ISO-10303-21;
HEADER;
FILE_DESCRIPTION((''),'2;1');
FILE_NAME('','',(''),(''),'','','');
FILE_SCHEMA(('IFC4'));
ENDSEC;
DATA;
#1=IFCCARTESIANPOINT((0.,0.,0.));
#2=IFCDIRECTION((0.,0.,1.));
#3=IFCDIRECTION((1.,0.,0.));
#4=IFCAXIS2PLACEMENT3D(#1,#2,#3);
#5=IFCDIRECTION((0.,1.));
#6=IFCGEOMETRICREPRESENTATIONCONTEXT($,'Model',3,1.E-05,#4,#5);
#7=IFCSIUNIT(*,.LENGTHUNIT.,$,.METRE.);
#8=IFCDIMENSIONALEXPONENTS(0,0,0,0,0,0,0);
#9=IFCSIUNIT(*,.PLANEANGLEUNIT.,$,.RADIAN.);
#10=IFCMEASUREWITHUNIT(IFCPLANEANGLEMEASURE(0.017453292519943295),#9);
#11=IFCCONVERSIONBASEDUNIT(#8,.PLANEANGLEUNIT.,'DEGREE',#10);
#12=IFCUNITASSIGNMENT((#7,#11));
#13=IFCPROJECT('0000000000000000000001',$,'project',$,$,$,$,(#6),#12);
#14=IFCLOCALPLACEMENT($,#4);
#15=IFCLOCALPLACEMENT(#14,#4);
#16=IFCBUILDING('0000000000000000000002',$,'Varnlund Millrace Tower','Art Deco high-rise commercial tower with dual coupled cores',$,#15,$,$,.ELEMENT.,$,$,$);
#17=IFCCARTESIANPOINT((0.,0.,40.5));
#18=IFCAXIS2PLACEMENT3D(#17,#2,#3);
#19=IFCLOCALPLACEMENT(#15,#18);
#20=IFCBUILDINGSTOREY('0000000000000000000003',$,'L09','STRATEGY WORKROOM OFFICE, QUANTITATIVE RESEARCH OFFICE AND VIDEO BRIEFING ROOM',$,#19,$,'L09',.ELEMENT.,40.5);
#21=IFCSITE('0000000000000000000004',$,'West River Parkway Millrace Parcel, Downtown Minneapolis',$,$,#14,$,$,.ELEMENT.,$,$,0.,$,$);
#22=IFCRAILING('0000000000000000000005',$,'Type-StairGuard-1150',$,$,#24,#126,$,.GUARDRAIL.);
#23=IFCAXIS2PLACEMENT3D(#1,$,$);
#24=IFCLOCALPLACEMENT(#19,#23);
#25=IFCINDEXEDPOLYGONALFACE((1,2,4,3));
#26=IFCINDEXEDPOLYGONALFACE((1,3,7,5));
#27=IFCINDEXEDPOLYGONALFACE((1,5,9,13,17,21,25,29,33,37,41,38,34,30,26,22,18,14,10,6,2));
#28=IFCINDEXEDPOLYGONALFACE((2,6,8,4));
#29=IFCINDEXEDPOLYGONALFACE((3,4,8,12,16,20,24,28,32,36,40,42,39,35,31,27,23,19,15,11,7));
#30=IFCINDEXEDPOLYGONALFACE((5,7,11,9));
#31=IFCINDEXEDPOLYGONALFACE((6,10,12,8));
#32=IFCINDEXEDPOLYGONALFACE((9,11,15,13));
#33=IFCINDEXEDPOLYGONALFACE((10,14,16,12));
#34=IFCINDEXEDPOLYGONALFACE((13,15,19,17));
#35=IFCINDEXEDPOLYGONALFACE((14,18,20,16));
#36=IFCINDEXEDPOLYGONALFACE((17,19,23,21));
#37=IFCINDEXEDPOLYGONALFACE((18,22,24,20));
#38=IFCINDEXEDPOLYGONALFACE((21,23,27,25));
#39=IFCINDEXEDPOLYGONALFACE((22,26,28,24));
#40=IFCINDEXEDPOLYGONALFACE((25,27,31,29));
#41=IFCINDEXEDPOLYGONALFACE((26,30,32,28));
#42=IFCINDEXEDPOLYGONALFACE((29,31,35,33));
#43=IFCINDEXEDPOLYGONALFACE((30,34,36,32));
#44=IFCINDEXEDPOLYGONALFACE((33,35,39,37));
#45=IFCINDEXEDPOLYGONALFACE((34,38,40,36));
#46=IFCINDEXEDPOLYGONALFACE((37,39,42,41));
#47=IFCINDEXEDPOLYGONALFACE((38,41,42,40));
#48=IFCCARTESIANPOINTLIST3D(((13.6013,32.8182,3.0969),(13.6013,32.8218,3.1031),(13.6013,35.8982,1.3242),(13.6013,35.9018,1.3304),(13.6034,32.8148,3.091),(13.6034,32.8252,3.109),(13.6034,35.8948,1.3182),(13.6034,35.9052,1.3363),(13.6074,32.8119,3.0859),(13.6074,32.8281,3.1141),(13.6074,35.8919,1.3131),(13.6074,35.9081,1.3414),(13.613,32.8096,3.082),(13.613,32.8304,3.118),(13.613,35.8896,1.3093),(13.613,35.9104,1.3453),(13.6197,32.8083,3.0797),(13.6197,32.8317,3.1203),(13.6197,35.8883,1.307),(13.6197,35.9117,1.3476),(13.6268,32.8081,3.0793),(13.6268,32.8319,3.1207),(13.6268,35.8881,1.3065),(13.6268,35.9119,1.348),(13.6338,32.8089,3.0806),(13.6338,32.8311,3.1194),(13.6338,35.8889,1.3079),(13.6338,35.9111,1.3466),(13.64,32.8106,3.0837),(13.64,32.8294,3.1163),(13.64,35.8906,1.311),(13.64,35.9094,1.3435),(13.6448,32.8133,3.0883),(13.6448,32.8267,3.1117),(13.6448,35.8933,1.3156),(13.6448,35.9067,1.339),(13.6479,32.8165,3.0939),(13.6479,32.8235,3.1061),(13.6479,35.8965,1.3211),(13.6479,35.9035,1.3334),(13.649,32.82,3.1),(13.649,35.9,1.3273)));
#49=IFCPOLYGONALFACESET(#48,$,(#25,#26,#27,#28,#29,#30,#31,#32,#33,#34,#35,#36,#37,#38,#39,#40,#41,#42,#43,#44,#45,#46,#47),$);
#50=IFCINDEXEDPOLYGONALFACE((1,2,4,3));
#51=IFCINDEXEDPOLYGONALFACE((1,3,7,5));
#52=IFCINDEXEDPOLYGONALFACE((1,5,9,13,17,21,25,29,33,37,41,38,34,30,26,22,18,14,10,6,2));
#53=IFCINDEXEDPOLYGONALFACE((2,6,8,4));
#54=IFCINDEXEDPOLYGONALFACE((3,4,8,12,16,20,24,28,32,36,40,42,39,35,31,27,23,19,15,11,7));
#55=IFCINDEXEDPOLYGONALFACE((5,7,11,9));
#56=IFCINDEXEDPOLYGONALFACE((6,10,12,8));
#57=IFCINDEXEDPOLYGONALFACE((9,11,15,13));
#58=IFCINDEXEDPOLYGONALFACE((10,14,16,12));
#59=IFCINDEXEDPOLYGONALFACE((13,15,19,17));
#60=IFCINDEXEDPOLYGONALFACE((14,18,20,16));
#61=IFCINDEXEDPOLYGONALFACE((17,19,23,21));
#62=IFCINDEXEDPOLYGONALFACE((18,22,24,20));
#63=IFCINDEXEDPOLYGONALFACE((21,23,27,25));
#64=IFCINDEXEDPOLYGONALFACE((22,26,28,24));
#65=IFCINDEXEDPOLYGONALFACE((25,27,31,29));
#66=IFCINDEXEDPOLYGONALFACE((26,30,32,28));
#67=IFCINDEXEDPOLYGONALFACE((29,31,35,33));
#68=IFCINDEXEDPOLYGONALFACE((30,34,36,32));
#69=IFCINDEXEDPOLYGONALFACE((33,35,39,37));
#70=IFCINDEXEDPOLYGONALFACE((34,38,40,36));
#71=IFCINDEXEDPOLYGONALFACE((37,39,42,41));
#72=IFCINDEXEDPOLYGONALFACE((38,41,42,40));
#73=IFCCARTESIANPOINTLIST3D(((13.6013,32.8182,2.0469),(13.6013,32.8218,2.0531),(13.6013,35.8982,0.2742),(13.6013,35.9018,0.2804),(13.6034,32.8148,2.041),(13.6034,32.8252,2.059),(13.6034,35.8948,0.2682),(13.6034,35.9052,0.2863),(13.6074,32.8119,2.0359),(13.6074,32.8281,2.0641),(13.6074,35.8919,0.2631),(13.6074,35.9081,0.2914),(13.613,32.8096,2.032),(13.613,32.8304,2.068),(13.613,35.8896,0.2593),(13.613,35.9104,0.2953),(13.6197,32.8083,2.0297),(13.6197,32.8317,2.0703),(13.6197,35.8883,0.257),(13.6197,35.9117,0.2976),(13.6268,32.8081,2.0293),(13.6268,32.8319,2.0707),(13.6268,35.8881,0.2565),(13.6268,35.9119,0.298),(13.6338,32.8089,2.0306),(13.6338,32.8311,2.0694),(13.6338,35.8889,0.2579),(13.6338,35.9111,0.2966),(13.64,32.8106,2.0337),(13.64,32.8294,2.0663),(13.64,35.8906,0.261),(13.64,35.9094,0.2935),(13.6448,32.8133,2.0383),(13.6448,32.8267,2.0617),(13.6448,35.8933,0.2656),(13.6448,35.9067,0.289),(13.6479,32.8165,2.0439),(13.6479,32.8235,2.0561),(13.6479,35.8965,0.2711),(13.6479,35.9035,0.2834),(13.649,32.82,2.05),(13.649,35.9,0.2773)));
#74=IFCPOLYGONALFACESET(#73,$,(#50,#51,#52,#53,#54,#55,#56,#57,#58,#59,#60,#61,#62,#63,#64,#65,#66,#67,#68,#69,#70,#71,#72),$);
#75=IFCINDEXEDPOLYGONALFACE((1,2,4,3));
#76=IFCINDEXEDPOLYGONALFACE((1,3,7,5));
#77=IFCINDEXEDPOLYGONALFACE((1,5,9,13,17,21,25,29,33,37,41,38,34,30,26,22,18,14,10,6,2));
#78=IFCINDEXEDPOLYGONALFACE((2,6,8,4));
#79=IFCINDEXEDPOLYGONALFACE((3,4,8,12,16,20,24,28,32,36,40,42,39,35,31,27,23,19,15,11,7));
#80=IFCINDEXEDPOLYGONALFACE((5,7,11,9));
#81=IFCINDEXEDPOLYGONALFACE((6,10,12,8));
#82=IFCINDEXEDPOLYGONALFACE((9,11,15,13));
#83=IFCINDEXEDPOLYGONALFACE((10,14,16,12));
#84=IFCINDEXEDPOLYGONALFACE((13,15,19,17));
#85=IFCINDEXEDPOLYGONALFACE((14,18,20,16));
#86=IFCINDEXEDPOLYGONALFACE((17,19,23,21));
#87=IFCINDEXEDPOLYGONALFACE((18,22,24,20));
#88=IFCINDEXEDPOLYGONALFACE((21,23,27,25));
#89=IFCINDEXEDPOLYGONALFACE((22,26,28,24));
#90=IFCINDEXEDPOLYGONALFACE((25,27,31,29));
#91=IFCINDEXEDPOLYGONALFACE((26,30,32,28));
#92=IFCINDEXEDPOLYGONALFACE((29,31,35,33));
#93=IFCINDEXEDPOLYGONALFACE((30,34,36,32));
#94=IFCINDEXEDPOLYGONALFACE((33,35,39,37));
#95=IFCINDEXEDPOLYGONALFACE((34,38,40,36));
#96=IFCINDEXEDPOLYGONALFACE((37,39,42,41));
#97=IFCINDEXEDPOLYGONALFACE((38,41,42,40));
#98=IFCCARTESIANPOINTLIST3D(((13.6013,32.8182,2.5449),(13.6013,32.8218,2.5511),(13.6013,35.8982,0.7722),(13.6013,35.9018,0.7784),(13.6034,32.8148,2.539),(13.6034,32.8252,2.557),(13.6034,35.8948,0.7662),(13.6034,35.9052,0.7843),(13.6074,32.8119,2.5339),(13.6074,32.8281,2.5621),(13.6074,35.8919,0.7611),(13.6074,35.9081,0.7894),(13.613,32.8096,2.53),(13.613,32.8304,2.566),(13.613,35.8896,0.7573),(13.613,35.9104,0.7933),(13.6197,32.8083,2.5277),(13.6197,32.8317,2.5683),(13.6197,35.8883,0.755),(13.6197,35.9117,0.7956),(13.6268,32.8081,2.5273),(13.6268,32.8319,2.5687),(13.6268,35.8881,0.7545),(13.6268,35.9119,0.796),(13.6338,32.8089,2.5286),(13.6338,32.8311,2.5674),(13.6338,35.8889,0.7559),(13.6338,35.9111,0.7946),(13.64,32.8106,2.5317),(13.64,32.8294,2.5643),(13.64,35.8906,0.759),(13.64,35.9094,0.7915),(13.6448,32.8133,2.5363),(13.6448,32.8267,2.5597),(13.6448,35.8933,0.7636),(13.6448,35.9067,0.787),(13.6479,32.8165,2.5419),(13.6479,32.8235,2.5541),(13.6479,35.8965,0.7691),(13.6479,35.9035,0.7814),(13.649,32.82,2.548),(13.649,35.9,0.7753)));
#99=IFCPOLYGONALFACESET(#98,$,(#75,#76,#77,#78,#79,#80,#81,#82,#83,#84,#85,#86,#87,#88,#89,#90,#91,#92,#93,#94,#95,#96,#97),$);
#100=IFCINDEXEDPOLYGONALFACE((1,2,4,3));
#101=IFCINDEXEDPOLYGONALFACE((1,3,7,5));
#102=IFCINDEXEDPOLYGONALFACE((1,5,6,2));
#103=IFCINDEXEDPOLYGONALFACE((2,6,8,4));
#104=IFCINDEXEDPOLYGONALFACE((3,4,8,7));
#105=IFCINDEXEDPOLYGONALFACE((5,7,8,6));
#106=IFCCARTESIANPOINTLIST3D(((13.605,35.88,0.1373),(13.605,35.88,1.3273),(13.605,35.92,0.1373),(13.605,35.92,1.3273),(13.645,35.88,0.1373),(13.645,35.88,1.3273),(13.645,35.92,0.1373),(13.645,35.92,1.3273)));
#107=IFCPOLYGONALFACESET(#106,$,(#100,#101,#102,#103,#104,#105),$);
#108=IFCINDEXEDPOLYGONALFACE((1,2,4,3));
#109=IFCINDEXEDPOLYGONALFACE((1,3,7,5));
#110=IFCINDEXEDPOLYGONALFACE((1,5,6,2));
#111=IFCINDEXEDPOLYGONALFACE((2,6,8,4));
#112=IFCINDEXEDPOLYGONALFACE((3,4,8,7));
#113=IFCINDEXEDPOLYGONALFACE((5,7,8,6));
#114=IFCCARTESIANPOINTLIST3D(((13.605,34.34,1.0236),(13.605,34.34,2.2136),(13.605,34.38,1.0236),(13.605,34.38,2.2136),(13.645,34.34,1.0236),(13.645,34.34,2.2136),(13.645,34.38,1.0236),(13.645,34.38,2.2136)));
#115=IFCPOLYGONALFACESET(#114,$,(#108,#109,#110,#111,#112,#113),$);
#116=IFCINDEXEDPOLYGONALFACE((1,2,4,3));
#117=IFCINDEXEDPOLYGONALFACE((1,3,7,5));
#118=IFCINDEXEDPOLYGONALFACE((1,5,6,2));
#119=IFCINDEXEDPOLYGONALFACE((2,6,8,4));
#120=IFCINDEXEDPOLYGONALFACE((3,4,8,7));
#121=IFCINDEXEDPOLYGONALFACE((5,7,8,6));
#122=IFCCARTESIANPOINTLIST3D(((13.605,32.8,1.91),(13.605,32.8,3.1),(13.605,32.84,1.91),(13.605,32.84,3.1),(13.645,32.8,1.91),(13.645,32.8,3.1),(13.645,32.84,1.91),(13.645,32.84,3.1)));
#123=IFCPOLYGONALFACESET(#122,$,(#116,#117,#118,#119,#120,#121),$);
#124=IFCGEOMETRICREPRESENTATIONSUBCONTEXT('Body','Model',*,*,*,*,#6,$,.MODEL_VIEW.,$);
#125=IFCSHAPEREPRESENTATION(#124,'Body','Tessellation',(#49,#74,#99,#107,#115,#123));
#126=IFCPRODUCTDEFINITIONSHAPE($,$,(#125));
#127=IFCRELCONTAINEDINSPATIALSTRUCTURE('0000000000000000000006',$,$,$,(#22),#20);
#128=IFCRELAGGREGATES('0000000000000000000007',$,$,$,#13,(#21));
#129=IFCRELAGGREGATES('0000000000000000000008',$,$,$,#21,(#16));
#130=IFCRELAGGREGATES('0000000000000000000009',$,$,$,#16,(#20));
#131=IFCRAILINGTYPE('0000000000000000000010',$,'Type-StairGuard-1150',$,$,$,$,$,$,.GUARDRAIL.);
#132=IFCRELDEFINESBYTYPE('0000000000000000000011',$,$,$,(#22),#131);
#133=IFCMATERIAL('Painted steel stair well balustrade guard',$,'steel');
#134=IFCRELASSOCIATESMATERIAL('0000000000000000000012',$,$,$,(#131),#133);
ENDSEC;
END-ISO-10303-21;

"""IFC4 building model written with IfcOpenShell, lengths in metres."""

from ifc_helpers import new_model, entity, si_unit, converted_unit, direction, frame, origin_with_axes, origin_2d_with_axis, place, context, subcontext, project, spatial, rectangle, circle, extrude, material, type_object, element, save


model = new_model("IFC4")

# Units and contexts
model_context = context("Model", 3, precision=1e-05, world=origin_with_axes(), true_north=direction((0.0, 1.0)))
body_context = subcontext(model_context, "Body", "Model", "MODEL_VIEW")
ifc_project = project(units=[si_unit("LENGTHUNIT", "METRE"), converted_unit("PLANEANGLEUNIT", "DEGREE", entity("IfcPlaneAngleMeasure", 0.017453292519943295), si_unit("PLANEANGLEUNIT", "RADIAN"), dimensions=[0, 0, 0, 0, 0, 0, 0])], contexts=[model_context])

# Site, building, storey
site_placement = place(None, origin_with_axes())
site = spatial("IfcSite", under=ifc_project, at=site_placement, Name="West River Parkway Millrace Parcel, Downtown Minneapolis", CompositionType="ELEMENT", RefElevation=0.0)
building_placement = place(site_placement, origin_with_axes())
building = spatial("IfcBuilding", under=site, at=building_placement, Name="Varnlund Millrace Tower", Description="Art Deco high-rise commercial tower with dual coupled cores", CompositionType="ELEMENT")
storey_placement = place(building_placement, frame((0.0, 0.0, 40.5), z_axis=(0.0, 0.0, 1.0), x_axis=(1.0, 0.0, 0.0)))
storey = spatial("IfcBuildingStorey", under=building, at=storey_placement, Name="L09", Description="STRATEGY WORKROOM OFFICE, QUANTITATIVE RESEARCH OFFICE AND VIDEO BRIEFING ROOM", LongName="L09", CompositionType="ELEMENT", Elevation=40.5)

# Railing
ifc_material_1 = material(Name="Painted steel stair well balustrade guard", Category="steel")
railing_type_1 = type_object("IfcRailingType", Name="Type-StairGuard-1150", PredefinedType="GUARDRAIL", material=ifc_material_1)
railing_1_placement = place(storey_placement, frame((0.0, 0.0, -40.5), z_axis=(0.0, 0.0, 1.0), x_axis=(1.0, 0.0, 0.0)))
element("IfcRailing", 1, at=railing_1_placement, inside=storey, type_object=railing_type_1, Name="Type-StairGuard-1150", PredefinedType="GUARDRAIL", context=body_context, shape_type="SweptSolid", body=[
    extrude(circle(Radius=0.024, at=origin_2d_with_axis()), frame((13.625, 35.9, 41.8273), z_axis=(0.0, -0.866696, 0.498836), x_axis=(1.0, 0.0, 0.0)), (0.0, 0.0, 1.0), 3.5537),
    extrude(circle(Radius=0.024, at=origin_2d_with_axis()), frame((13.625, 35.9, 40.7773), z_axis=(0.0, -0.866696, 0.498836), x_axis=(1.0, 0.0, 0.0)), (0.0, 0.0, 1.0), 3.5537),
    extrude(circle(Radius=0.024, at=origin_2d_with_axis()), frame((13.625, 35.9, 41.2753), z_axis=(0.0, -0.866696, 0.498836), x_axis=(1.0, 0.0, 0.0)), (0.0, 0.0, 1.0), 3.5537),
    extrude(rectangle(XDim=0.04, YDim=0.04, at=origin_2d_with_axis()), frame((13.625, 35.9, 40.6373), z_axis=(0.0, 0.0, 1.0), x_axis=(1.0, 0.0, 0.0)), (0.0, 0.0, 1.0), 1.19),
    extrude(rectangle(XDim=0.04, YDim=0.04, at=origin_2d_with_axis()), frame((13.625, 34.36, 41.5236), z_axis=(0.0, 0.0, 1.0), x_axis=(1.0, 0.0, 0.0)), (0.0, 0.0, 1.0), 1.19),
    extrude(rectangle(XDim=0.04, YDim=0.04, at=origin_2d_with_axis()), frame((13.625, 32.82, 42.41), z_axis=(0.0, 0.0, 1.0), x_axis=(1.0, 0.0, 0.0)), (0.0, 0.0, 1.0), 1.19),
])

save(model, "model.ifc")
